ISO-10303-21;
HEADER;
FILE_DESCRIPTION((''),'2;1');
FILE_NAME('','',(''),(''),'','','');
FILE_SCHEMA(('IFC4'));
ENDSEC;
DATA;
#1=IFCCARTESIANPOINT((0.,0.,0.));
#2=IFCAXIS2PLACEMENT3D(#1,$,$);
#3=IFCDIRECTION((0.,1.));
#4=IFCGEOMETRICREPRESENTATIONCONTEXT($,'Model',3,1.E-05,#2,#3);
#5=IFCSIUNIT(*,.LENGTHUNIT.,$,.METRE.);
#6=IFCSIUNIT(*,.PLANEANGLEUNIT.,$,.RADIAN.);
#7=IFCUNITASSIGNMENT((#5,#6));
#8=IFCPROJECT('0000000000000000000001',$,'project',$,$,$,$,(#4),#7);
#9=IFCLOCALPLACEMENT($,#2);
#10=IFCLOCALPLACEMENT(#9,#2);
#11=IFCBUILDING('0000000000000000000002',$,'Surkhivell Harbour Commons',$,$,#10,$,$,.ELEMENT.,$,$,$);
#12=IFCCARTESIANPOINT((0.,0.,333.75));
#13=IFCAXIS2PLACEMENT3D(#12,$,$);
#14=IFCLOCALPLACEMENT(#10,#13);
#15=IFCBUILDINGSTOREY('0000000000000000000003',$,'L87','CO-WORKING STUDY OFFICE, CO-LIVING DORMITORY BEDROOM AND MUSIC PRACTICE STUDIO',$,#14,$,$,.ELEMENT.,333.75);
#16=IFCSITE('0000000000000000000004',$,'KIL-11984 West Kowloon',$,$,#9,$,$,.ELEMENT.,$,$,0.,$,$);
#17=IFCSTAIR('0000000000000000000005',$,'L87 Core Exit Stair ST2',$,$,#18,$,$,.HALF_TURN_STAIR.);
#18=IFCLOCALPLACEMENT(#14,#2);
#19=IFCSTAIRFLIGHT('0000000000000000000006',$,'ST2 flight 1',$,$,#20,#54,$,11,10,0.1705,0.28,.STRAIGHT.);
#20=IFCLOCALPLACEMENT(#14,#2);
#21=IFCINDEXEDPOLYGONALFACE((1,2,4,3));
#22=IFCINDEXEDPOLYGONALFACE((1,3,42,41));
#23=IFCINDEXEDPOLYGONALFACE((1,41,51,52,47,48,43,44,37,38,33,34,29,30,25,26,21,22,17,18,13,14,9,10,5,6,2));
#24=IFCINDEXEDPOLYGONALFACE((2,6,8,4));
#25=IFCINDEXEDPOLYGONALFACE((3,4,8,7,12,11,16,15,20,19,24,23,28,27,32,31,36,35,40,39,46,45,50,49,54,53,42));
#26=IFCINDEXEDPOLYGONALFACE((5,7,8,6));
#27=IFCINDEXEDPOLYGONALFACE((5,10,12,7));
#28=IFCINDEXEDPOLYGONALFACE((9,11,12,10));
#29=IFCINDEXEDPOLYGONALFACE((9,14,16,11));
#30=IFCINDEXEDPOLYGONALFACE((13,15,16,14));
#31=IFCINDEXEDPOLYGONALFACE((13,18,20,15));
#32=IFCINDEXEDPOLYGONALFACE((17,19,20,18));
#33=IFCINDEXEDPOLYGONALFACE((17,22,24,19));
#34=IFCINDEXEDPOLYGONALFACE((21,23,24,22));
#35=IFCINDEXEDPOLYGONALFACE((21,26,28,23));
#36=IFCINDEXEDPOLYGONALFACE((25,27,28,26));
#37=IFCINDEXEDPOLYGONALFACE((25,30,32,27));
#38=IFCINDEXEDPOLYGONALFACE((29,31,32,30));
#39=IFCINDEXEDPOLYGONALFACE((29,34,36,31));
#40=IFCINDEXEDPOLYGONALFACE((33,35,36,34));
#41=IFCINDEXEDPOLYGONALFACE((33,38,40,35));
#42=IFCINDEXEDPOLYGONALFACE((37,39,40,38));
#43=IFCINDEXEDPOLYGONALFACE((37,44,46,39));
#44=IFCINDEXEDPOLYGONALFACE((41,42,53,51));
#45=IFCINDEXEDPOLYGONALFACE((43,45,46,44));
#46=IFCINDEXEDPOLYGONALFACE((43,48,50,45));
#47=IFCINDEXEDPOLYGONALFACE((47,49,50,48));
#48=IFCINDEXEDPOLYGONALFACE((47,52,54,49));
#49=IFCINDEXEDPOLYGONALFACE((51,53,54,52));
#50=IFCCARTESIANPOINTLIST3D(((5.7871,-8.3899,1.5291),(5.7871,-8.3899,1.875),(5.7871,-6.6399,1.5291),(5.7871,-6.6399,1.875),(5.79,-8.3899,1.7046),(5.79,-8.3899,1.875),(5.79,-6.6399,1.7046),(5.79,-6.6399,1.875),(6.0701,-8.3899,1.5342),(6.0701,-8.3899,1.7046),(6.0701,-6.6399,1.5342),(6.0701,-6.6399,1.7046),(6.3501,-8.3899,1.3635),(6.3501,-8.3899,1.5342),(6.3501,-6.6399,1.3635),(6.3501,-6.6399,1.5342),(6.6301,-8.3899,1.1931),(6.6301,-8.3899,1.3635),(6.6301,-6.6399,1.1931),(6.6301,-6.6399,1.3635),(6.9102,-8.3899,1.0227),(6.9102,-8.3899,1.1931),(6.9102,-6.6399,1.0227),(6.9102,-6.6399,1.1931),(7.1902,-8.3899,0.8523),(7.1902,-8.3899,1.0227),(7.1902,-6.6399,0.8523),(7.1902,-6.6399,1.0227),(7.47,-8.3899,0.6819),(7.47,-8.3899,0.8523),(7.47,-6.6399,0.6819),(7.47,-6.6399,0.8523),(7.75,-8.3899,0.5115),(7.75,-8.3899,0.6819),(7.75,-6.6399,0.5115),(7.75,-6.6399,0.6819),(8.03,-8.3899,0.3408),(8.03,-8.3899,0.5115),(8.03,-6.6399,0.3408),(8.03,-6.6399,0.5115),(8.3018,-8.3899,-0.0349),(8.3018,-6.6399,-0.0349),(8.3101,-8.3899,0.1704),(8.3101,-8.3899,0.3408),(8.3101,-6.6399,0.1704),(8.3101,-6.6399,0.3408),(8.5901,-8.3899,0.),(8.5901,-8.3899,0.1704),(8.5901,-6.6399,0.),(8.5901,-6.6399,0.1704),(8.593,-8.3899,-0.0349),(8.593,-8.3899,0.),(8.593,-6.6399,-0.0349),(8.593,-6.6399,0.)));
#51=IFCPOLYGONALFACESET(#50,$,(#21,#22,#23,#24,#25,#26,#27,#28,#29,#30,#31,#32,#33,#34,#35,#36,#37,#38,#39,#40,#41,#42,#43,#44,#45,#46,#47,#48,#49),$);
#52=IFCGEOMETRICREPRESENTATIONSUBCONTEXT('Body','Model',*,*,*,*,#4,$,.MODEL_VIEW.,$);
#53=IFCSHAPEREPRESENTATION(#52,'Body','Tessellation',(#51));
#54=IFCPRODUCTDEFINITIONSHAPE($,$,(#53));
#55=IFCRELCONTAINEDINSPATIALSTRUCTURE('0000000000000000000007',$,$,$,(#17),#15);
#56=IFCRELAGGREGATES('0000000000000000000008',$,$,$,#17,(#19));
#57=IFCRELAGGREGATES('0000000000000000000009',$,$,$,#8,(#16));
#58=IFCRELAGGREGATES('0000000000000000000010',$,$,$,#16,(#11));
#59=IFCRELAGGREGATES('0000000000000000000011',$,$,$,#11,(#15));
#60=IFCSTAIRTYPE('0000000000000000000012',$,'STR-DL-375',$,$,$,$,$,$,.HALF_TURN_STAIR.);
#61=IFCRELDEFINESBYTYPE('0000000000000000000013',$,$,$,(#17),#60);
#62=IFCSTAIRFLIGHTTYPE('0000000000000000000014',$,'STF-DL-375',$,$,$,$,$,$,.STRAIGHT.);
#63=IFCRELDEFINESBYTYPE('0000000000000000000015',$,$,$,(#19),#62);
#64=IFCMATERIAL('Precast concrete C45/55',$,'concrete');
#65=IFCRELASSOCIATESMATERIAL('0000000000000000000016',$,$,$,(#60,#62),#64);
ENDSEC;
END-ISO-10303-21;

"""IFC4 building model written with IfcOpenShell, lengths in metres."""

from ifc_helpers import new_model, si_unit, direction, frame, origin, place, context, subcontext, project, spatial, polyline, outline, extrude, material, type_object, element, aggregate, save


model = new_model("IFC4")

# Units and contexts
model_context = context("Model", 3, precision=1e-05, world=origin(), true_north=direction((0.0, 1.0)))
body_context = subcontext(model_context, "Body", "Model", "MODEL_VIEW")
ifc_project = project(units=[si_unit("LENGTHUNIT", "METRE"), si_unit("PLANEANGLEUNIT", "RADIAN")], contexts=[model_context])

# Site, building, storey
site_placement = place(None, origin())
site = spatial("IfcSite", under=ifc_project, at=site_placement, Name="KIL-11984 West Kowloon", CompositionType="ELEMENT", RefElevation=0.0)
building_placement = place(site_placement, origin())
building = spatial("IfcBuilding", under=site, at=building_placement, Name="Surkhivell Harbour Commons", CompositionType="ELEMENT")
storey_placement = place(building_placement, frame((0.0, 0.0, 333.75)))
storey = spatial("IfcBuildingStorey", under=building, at=storey_placement, Name="L87", Description="CO-WORKING STUDY OFFICE, CO-LIVING DORMITORY BEDROOM AND MUSIC PRACTICE STUDIO", CompositionType="ELEMENT", Elevation=333.75)

# Stair, stair flight
ifc_material_1 = material(Name="Precast concrete C45/55", Category="concrete")
stair_type = type_object("IfcStairType", Name="STR-DL-375", PredefinedType="HALF_TURN_STAIR", material=ifc_material_1)
stair_placement = place(storey_placement, origin())
stair = element("IfcStair", 1, at=stair_placement, inside=storey, type_object=stair_type, Name="L87 Core Exit Stair ST2", PredefinedType="HALF_TURN_STAIR")
stair_flight_type = type_object("IfcStairFlightType", Name="STF-DL-375", PredefinedType="STRAIGHT", material=ifc_material_1)
stair_flight_placement = place(storey_placement, frame((8.5901, -7.5149, 0.0), z_axis=(0.0, 0.0, 1.0), x_axis=(-1.0, 0.0, 0.0)))
stair_flight = element("IfcStairFlight", 2, at=stair_flight_placement, type_object=stair_flight_type, Name="ST2 flight 1", NumberOfRisers=11, NumberOfTreads=10, PredefinedType="STRAIGHT", RiserHeight=0.1705, TreadLength=0.28, context=body_context, shape_type="SweptSolid", body=[
    extrude(outline(polyline([(-0.0029, -0.0349), (-0.0029, 0.0), (0.0, 0.0), (0.0, 0.1704), (0.28, 0.1704), (0.28, 0.3408), (0.5601, 0.3408), (0.5601, 0.5115), (0.8401, 0.5115), (0.8401, 0.6819), (1.1201, 0.6819), (1.1201, 0.8523), (1.3999, 0.8523), (1.3999, 1.0227), (1.6799, 1.0227), (1.6799, 1.1931), (1.96, 1.1931), (1.96, 1.3635), (2.24, 1.3635), (2.24, 1.5342), (2.52, 1.5342), (2.52, 1.7046), (2.8, 1.7046), (2.8, 1.875), (2.803, 1.875), (2.803, 1.5291), (0.2883, -0.0349), (-0.0029, -0.0349)])), frame((0.0, 0.875, 0.0), z_axis=(0.0, -1.0, 0.0), x_axis=(1.0, 0.0, 0.0)), (0.0, 0.0, 1.0), 1.75),
])
aggregate(stair, [stair_flight])

save(model, "model.ifc")
